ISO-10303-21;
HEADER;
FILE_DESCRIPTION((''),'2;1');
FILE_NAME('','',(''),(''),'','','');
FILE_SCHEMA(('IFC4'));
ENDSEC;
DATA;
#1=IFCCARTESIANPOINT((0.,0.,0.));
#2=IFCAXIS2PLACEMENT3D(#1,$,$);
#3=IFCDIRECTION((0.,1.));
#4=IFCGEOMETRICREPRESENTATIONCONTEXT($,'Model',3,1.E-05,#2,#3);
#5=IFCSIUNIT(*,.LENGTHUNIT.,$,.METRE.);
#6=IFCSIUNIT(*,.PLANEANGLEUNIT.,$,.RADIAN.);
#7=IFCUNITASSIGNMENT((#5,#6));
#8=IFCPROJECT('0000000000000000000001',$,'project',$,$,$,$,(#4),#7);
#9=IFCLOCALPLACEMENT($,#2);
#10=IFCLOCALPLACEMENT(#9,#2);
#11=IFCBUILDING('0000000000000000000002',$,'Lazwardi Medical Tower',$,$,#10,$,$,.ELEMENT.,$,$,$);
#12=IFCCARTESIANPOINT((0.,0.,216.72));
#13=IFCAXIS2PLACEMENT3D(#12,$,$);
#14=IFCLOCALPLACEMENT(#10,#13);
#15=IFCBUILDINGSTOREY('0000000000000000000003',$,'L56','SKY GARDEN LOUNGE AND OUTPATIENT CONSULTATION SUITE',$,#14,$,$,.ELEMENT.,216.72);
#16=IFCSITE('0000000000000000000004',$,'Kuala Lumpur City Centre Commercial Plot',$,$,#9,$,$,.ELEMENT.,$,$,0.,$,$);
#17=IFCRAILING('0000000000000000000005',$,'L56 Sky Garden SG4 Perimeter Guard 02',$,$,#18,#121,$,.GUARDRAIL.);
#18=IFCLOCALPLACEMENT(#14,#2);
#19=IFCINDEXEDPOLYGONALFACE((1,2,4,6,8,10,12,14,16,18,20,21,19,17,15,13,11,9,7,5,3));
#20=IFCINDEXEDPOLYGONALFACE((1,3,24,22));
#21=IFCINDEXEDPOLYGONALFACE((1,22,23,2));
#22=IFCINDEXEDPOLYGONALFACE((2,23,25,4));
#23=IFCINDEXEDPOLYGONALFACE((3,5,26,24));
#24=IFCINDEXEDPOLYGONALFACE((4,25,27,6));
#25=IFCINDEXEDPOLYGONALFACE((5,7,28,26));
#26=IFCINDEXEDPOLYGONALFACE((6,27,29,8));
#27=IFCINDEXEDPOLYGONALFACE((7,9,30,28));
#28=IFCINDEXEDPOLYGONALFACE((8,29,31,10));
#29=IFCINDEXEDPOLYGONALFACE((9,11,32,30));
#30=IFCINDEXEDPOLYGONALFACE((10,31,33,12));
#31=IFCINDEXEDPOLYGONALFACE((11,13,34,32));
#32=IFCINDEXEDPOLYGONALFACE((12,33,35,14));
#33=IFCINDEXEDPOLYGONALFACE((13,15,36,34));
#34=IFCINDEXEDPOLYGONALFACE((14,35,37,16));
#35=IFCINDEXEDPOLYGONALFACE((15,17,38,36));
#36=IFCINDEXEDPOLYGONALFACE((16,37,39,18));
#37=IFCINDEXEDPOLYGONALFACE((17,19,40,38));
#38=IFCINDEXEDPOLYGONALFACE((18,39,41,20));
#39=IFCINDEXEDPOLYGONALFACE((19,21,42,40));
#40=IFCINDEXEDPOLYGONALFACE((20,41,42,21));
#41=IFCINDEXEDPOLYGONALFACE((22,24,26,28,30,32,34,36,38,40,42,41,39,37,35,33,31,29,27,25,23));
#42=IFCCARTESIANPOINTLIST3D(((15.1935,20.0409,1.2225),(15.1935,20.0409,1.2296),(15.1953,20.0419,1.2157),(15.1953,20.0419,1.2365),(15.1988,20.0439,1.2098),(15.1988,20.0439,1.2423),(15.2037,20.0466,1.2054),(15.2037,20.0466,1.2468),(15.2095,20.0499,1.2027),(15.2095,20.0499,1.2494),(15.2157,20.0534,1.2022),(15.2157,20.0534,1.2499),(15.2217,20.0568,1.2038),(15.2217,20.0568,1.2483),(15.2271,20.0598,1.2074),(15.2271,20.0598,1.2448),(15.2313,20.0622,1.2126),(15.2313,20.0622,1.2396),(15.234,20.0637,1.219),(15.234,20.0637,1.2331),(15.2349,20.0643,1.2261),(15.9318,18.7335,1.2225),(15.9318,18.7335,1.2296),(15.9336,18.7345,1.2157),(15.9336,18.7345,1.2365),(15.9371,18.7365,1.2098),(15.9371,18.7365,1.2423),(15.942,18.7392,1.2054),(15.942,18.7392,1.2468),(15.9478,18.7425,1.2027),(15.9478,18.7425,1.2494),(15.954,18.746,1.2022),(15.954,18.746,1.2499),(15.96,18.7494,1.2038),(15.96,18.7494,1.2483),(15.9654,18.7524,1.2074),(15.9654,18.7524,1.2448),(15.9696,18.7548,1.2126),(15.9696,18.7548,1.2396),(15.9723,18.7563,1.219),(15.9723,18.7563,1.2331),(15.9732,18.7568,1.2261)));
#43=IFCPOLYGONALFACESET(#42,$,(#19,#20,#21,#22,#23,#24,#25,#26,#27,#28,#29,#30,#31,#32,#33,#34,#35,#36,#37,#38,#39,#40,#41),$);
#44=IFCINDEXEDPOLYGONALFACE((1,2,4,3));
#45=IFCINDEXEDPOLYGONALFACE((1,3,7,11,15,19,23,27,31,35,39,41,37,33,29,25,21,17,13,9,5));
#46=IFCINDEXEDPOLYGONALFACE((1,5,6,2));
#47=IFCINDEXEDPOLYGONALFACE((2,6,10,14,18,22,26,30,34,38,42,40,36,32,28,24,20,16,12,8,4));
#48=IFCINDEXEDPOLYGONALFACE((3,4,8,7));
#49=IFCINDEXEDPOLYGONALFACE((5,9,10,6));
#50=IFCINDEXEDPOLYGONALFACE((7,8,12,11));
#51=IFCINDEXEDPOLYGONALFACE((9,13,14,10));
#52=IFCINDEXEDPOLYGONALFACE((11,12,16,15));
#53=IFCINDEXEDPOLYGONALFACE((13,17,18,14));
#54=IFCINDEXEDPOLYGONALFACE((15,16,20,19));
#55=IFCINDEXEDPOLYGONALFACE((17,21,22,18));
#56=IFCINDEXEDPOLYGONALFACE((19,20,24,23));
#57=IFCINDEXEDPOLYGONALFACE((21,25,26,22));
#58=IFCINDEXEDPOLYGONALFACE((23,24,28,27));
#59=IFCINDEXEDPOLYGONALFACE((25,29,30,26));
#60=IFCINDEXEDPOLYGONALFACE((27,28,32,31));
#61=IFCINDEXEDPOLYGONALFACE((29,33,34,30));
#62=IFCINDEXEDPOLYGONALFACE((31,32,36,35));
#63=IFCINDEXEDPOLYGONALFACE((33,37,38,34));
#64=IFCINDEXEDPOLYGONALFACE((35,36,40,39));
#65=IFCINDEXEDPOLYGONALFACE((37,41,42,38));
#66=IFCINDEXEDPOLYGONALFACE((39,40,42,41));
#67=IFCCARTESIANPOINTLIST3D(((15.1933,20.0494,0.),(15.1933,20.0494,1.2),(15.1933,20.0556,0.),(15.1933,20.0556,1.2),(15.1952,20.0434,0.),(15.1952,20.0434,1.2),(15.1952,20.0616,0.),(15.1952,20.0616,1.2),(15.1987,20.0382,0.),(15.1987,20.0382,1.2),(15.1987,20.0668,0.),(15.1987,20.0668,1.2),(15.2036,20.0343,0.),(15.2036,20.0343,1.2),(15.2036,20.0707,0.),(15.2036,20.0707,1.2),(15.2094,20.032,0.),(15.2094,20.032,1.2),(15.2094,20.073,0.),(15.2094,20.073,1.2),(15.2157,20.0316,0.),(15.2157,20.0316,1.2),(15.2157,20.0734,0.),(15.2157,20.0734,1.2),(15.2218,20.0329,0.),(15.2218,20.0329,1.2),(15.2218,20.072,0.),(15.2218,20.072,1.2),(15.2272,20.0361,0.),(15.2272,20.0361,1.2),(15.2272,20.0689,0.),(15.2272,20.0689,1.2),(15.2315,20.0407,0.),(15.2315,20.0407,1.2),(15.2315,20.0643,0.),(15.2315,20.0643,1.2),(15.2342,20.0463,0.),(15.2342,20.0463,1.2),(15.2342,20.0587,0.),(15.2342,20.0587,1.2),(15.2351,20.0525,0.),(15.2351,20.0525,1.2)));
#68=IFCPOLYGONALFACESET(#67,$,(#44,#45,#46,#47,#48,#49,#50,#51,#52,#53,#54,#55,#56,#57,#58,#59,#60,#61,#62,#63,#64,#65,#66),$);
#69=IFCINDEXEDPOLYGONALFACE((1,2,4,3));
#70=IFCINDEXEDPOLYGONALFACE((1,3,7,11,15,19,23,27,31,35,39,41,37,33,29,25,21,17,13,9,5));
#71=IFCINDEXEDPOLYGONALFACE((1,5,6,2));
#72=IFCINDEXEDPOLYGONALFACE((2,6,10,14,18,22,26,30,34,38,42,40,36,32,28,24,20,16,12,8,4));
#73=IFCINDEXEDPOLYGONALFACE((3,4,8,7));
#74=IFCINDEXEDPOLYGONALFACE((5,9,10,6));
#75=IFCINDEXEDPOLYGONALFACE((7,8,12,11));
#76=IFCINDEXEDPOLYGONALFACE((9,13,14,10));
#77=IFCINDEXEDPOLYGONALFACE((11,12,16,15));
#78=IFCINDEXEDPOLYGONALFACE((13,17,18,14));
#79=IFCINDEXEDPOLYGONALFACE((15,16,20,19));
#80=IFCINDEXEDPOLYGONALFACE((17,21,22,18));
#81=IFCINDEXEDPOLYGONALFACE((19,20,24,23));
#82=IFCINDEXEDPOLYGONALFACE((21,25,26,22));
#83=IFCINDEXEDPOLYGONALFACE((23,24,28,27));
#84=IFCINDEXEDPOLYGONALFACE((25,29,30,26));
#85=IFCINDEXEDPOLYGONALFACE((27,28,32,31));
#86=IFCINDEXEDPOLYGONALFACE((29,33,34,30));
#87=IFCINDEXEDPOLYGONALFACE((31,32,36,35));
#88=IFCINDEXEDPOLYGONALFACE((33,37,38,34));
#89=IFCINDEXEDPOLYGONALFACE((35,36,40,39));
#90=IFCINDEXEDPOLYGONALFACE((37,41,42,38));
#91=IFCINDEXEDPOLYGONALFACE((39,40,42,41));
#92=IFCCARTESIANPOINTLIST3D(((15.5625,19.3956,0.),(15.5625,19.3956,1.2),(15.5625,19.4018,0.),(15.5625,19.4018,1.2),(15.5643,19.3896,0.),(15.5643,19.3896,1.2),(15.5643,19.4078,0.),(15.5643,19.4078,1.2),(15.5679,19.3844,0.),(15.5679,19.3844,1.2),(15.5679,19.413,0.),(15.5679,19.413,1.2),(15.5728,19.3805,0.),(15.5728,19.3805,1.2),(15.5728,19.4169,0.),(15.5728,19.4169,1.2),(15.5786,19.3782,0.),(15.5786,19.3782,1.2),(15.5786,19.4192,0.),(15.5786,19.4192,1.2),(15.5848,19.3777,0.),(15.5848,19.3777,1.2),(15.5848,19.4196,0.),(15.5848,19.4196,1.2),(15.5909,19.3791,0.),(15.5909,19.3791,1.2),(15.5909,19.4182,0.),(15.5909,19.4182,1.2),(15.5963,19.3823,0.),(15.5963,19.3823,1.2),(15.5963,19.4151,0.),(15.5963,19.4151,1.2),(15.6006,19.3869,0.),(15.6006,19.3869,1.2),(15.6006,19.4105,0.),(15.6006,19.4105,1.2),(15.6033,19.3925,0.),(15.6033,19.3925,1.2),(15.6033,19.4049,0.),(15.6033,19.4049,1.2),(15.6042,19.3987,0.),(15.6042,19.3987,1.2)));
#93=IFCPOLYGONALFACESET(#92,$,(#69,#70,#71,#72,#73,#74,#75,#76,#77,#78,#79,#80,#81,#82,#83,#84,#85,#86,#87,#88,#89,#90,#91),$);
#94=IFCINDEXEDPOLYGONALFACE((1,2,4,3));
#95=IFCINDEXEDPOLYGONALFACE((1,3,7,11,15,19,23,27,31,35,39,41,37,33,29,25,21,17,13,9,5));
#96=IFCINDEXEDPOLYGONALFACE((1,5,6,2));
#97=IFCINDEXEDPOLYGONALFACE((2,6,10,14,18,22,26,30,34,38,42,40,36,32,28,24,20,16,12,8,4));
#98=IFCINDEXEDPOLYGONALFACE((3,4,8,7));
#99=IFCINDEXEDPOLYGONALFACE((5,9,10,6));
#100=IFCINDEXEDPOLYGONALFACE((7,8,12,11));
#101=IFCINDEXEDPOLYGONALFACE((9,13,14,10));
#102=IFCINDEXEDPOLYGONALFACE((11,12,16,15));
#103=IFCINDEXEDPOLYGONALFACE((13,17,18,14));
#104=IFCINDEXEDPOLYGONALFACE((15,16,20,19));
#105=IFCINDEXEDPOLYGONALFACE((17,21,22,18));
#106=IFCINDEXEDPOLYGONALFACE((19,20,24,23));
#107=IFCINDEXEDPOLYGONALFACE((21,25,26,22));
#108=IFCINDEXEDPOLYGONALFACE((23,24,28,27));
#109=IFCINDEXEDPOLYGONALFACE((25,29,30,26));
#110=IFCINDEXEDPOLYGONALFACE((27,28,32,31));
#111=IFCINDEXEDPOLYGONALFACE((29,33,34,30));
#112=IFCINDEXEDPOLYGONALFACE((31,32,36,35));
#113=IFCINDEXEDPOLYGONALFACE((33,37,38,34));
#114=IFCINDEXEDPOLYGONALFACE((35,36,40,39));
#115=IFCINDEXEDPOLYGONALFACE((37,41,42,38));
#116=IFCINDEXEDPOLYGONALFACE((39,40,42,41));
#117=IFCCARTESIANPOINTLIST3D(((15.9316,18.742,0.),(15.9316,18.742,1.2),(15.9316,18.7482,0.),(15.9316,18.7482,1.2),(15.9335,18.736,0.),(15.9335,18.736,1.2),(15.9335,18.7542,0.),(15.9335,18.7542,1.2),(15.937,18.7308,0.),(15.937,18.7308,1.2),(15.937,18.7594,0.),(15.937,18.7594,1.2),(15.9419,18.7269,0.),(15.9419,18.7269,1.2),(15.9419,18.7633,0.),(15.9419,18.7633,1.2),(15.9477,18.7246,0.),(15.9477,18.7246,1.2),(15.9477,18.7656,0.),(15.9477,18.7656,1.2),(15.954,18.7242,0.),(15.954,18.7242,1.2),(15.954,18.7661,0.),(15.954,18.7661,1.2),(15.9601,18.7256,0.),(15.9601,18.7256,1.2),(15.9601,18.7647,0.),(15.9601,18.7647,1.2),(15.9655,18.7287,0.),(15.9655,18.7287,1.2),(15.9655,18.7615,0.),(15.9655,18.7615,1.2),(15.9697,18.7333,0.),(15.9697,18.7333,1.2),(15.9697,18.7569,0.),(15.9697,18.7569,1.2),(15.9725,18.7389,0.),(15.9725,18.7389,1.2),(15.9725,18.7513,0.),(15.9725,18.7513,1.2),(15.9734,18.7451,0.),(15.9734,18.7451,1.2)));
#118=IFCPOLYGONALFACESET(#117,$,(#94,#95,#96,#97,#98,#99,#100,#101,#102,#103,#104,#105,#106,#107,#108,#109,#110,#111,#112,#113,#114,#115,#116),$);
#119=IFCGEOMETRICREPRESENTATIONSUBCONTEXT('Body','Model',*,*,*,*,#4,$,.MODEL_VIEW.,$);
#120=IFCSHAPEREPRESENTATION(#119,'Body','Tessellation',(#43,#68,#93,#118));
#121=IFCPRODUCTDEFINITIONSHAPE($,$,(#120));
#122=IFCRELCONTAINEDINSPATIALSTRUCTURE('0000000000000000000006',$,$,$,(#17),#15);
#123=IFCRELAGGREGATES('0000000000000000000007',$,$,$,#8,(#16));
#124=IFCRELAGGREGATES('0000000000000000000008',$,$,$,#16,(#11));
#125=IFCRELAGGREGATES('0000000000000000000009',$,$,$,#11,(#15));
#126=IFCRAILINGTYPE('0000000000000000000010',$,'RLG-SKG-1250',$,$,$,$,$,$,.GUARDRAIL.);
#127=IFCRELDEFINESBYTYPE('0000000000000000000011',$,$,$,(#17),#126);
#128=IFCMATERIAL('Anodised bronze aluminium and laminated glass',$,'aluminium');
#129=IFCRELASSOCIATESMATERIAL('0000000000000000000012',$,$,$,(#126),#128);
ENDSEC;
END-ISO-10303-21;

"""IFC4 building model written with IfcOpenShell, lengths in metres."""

from ifc_helpers import new_model, si_unit, direction, frame, origin, origin_2d, place, context, subcontext, project, spatial, circle, extrude, material, type_object, element, save


model = new_model("IFC4")

# Units and contexts
model_context = context("Model", 3, precision=1e-05, world=origin(), true_north=direction((0.0, 1.0)))
body_context = subcontext(model_context, "Body", "Model", "MODEL_VIEW")
ifc_project = project(units=[si_unit("LENGTHUNIT", "METRE"), si_unit("PLANEANGLEUNIT", "RADIAN")], contexts=[model_context])

# Site, building, storey
site_placement = place(None, origin())
site = spatial("IfcSite", under=ifc_project, at=site_placement, Name="Kuala Lumpur City Centre Commercial Plot", CompositionType="ELEMENT", RefElevation=0.0)
building_placement = place(site_placement, origin())
building = spatial("IfcBuilding", under=site, at=building_placement, Name="Lazwardi Medical Tower", CompositionType="ELEMENT")
storey_placement = place(building_placement, frame((0.0, 0.0, 216.72)))
storey = spatial("IfcBuildingStorey", under=building, at=storey_placement, Name="L56", Description="SKY GARDEN LOUNGE AND OUTPATIENT CONSULTATION SUITE", CompositionType="ELEMENT", Elevation=216.72)

# Shared definitions
ifc_material_1 = material(Name="Anodised bronze aluminium and laminated glass", Category="aluminium")

# Railing
railing_type = type_object("IfcRailingType", Name="RLG-SKG-1250", PredefinedType="GUARDRAIL", material=ifc_material_1)
railing_1_placement = place(storey_placement, frame((15.2141, 20.0525, 0.0)))
element("IfcRailing", 1, at=railing_1_placement, inside=storey, type_object=railing_type, Name="L56 Sky Garden SG4 Perimeter Guard 02", PredefinedType="GUARDRAIL", context=body_context, shape_type="SweptSolid", body=[
    extrude(circle(Radius=0.0239, at=origin_2d()), frame((0.0, 0.0, 1.2261), z_axis=(0.49172, -0.870754, 0.0), x_axis=(0.870754, 0.49172, 0.0)), (0.0, 0.0, 1.0), 1.5015),
    extrude(circle(Radius=0.021, at=origin_2d()), origin(), (0.0, 0.0, 1.0), 1.2),
    extrude(circle(Radius=0.021, at=origin_2d()), frame((0.3691, -0.6538, 0.0)), (0.0, 0.0, 1.0), 1.2),
    extrude(circle(Radius=0.021, at=origin_2d()), frame((0.7383, -1.3074, 0.0)), (0.0, 0.0, 1.0), 1.2),
])

save(model, "model.ifc")
